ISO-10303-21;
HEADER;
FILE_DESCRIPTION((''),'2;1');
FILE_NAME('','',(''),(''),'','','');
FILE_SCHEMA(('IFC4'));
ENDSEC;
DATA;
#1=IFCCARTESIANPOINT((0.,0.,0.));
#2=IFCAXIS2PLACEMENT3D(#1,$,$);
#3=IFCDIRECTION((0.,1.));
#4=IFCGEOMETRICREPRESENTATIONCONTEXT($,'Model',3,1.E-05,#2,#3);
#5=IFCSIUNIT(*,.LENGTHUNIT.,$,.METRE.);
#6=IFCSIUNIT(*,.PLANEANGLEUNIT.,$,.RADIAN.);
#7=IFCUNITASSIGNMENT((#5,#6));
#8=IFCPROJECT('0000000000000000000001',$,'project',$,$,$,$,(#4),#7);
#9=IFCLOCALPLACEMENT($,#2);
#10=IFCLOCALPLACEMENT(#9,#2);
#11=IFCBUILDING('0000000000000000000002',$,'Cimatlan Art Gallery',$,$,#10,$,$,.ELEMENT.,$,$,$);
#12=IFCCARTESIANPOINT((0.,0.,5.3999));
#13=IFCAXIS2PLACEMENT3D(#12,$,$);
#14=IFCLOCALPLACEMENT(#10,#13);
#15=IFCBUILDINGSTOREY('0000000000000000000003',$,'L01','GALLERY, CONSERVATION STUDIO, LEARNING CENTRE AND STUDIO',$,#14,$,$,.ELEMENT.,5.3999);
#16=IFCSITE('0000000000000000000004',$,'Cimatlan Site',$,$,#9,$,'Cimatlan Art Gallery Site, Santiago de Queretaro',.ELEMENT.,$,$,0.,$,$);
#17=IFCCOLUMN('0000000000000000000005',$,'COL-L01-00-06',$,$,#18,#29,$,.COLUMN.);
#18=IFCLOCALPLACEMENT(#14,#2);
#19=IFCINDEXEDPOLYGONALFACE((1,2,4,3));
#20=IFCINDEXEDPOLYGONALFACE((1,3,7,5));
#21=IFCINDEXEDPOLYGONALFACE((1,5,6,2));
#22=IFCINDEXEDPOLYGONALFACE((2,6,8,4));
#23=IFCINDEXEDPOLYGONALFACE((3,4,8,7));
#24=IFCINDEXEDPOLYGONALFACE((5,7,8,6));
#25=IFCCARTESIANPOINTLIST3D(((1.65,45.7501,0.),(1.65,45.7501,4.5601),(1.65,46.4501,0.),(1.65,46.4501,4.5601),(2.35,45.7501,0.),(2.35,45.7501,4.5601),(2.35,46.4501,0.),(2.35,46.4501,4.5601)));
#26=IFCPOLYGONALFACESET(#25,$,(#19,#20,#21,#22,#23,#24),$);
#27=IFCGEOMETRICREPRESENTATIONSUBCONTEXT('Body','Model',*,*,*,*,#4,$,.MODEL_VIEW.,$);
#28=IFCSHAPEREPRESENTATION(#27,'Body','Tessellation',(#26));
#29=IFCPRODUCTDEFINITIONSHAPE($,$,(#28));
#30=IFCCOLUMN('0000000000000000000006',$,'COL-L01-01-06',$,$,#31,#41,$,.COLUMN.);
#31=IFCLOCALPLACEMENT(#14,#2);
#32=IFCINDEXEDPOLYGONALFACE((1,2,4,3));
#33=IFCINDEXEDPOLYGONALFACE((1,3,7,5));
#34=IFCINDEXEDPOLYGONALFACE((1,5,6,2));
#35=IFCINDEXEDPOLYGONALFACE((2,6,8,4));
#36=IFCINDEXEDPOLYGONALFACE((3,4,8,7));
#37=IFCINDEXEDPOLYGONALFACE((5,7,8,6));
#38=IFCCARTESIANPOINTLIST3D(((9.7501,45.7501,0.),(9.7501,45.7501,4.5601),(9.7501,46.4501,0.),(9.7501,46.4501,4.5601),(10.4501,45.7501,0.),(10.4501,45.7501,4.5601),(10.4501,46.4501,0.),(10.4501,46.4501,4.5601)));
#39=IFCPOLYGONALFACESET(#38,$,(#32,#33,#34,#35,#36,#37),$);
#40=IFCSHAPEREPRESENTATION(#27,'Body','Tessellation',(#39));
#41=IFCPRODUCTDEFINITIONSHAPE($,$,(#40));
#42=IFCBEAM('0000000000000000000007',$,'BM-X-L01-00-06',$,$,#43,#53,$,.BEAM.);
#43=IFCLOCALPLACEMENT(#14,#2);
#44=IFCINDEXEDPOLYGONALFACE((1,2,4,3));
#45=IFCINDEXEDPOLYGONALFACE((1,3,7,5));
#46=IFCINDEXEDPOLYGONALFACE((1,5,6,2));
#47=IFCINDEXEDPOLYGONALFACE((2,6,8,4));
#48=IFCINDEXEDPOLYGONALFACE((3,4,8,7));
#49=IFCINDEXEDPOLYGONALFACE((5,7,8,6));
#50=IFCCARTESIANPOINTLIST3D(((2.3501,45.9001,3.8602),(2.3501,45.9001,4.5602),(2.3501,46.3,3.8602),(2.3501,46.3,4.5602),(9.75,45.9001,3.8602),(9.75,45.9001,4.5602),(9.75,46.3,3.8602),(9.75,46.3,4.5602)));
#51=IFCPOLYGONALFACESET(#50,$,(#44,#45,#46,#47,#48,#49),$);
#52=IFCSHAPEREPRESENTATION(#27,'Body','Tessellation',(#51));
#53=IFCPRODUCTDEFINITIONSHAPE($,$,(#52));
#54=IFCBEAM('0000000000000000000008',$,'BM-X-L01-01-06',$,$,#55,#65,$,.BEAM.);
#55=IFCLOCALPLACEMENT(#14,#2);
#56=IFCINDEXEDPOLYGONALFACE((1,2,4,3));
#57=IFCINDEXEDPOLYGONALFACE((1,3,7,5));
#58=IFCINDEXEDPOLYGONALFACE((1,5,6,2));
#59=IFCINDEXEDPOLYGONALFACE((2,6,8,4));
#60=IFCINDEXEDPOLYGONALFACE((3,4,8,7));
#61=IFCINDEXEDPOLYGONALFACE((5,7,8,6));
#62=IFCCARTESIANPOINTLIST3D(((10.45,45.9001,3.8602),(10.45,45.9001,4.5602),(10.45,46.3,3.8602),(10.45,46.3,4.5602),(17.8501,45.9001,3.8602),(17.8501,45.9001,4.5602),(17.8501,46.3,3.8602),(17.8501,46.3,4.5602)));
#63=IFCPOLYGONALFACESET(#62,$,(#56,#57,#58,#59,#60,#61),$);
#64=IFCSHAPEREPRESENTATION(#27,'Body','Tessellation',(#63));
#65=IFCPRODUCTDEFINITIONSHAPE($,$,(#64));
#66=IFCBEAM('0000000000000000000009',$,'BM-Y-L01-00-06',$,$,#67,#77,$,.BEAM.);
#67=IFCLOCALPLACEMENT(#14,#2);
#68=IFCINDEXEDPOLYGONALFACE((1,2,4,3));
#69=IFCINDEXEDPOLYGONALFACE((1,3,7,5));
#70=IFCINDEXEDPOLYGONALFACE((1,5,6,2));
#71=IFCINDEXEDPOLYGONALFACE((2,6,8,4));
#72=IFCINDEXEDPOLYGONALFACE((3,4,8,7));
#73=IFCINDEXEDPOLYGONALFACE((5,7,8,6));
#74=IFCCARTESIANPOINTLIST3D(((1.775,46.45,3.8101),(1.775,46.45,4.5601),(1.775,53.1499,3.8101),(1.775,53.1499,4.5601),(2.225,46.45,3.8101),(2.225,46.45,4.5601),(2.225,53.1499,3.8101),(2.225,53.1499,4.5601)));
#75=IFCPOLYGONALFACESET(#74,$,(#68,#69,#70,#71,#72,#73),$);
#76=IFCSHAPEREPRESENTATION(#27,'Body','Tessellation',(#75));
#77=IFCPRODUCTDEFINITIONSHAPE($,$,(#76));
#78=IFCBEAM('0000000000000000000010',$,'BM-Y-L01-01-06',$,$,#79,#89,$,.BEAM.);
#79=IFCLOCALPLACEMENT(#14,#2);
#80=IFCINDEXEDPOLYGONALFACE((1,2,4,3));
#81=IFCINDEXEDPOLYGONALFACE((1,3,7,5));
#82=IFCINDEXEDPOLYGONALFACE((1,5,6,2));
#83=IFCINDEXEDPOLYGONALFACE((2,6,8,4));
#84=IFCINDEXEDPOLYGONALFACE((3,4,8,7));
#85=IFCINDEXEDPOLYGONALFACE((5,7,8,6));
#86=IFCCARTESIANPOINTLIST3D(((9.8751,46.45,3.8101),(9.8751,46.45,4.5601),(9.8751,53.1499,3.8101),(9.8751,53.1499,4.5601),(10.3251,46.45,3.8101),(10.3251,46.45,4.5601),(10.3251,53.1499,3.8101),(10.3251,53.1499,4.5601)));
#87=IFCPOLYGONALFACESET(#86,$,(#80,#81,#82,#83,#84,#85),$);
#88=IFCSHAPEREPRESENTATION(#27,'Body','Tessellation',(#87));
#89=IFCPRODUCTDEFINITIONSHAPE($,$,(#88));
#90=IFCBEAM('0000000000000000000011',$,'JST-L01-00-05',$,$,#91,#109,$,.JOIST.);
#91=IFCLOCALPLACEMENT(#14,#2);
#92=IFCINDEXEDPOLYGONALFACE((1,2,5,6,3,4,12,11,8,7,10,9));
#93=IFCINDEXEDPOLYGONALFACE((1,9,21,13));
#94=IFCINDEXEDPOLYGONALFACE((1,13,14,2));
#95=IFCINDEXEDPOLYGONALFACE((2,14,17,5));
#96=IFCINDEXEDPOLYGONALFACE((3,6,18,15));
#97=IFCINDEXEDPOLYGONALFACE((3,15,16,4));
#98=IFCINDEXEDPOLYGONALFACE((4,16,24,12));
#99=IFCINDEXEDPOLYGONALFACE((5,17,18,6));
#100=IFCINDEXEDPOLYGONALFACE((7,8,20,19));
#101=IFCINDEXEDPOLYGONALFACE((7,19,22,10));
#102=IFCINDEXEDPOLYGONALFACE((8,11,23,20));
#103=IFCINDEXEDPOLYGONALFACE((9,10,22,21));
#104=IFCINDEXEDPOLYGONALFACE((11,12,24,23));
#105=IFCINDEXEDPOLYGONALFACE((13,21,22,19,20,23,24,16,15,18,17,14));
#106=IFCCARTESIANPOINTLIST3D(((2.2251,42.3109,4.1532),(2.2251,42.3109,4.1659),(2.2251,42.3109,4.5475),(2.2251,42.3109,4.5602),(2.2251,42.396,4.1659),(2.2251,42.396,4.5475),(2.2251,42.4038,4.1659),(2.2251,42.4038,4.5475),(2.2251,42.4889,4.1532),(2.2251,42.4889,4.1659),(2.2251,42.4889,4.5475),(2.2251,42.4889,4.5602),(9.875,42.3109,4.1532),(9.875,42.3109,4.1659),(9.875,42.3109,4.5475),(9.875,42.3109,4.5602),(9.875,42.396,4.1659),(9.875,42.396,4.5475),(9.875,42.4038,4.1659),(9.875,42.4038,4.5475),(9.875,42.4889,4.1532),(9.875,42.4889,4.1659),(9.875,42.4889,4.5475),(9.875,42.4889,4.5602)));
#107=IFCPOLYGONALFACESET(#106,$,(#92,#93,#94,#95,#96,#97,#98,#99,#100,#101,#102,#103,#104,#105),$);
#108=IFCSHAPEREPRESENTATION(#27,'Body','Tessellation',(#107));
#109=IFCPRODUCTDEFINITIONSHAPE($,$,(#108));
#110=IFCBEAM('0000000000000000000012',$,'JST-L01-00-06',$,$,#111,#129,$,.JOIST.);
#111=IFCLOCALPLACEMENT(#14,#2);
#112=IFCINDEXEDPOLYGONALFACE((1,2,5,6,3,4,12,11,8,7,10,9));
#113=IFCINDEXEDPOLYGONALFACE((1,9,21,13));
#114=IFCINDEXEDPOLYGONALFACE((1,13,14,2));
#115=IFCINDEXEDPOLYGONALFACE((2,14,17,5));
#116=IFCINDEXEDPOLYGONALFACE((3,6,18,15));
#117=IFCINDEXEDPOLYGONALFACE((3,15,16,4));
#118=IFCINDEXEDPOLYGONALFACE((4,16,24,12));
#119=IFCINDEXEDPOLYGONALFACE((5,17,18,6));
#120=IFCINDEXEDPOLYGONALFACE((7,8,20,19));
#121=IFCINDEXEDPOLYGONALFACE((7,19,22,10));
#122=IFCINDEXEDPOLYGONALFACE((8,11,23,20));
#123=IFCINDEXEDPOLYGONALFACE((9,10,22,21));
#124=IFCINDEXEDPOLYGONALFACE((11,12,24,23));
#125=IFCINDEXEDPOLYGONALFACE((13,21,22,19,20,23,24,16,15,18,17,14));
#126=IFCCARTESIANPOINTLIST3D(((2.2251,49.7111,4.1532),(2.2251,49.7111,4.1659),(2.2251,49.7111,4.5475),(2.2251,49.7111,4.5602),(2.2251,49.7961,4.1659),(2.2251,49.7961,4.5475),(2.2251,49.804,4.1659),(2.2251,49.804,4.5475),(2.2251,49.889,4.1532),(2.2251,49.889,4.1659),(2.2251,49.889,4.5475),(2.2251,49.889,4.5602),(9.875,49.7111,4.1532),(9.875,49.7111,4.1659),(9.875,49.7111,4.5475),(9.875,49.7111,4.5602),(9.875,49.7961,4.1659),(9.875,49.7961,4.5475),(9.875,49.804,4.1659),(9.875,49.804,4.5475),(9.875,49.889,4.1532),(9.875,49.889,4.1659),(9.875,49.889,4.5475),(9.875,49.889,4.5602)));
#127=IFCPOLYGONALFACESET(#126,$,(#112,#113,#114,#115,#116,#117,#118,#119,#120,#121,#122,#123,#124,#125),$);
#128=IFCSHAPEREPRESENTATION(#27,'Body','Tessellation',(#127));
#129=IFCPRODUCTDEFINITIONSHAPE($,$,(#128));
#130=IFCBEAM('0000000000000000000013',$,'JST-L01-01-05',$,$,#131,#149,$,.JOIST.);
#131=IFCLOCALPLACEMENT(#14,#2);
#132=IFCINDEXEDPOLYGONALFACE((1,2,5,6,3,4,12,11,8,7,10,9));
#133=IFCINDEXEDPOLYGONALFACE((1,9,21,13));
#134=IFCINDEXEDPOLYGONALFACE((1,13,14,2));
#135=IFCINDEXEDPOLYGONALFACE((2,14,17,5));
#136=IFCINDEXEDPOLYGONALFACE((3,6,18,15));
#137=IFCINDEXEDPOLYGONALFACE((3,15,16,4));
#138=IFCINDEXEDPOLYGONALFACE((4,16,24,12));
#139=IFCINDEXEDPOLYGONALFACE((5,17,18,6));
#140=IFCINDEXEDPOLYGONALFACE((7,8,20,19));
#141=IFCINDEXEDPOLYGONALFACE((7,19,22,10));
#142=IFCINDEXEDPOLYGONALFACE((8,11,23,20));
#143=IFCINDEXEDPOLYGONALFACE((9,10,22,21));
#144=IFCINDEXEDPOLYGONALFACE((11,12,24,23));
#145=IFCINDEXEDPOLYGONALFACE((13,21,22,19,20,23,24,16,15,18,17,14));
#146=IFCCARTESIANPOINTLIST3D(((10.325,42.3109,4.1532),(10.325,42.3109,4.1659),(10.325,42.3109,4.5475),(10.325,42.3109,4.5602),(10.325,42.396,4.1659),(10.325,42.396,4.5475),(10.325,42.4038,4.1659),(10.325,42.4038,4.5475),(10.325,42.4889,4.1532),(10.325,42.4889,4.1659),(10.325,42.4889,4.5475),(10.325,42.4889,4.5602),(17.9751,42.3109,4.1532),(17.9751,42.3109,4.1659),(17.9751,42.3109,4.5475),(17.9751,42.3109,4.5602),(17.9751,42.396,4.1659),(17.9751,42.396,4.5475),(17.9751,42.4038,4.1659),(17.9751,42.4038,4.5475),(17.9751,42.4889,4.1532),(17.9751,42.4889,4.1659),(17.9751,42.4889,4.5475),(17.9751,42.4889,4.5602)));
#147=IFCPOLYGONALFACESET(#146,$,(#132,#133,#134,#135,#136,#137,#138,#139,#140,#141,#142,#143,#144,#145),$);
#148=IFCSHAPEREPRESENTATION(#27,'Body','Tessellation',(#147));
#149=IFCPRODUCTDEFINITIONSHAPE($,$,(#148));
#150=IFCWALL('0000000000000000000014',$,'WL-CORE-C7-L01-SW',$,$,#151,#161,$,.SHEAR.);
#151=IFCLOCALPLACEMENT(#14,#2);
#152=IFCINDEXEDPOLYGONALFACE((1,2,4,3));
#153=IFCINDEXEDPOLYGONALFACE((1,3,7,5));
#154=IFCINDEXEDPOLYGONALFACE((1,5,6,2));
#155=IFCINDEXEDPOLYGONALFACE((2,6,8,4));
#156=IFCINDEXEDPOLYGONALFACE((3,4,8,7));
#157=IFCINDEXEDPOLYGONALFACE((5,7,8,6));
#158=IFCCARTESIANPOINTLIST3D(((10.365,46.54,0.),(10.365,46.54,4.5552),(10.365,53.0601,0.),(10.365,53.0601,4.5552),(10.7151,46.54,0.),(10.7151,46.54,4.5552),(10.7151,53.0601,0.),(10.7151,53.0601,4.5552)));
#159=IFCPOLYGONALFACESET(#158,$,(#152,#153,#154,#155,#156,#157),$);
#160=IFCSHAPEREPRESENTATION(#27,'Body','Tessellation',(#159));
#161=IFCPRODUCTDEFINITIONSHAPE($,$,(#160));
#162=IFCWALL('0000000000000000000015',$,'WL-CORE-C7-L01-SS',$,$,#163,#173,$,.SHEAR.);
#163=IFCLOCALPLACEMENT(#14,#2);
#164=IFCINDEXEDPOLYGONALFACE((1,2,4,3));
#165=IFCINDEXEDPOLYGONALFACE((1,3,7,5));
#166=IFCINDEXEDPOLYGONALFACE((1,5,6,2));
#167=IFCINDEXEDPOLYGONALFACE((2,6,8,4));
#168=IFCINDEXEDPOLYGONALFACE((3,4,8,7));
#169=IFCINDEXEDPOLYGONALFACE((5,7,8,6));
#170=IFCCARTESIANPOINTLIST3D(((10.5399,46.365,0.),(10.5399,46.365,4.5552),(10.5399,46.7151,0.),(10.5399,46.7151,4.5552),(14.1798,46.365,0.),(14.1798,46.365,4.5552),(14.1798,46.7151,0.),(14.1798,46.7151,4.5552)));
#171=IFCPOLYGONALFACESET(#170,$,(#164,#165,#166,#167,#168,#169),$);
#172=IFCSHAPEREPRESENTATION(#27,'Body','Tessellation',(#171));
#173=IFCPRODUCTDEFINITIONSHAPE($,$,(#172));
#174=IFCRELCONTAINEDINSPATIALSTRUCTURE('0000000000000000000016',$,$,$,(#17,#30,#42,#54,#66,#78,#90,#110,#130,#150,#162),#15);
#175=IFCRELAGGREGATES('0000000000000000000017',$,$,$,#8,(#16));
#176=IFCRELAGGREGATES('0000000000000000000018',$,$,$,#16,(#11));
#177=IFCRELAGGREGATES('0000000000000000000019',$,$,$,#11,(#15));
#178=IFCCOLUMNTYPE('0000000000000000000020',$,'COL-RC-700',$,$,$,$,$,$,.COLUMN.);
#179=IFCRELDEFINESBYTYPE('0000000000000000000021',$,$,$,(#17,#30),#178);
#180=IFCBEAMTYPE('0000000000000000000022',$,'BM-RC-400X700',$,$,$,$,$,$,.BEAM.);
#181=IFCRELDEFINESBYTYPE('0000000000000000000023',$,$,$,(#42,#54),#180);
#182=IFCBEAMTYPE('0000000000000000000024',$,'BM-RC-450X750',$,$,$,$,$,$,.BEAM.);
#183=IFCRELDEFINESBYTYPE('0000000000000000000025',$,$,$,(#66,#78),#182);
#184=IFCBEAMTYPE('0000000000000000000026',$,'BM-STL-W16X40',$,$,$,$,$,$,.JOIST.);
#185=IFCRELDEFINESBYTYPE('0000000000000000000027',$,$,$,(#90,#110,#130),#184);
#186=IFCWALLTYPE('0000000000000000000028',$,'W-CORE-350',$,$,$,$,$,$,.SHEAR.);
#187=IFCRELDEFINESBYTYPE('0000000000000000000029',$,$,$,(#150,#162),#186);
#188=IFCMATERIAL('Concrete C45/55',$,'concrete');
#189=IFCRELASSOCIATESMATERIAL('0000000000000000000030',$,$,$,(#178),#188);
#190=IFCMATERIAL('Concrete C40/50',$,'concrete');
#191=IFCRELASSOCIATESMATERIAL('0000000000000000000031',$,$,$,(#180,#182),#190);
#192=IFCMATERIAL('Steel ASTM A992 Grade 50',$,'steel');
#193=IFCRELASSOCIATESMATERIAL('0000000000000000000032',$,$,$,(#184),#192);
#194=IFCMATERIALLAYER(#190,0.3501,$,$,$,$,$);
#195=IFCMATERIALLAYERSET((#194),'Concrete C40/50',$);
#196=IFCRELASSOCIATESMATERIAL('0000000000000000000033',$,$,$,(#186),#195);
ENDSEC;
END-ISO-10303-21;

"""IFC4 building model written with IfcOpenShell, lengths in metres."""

from ifc_helpers import new_model, si_unit, direction, frame, frame_2d, origin, origin_2d, place, context, subcontext, project, spatial, rectangle, i_section, extrude, material, layer, layer_set, material_profile, profile_set, type_object, element, save


model = new_model("IFC4")

# Units and contexts
model_context = context("Model", 3, precision=1e-05, world=origin(), true_north=direction((0.0, 1.0)))
body_context = subcontext(model_context, "Body", "Model", "MODEL_VIEW")
ifc_project = project(units=[si_unit("LENGTHUNIT", "METRE"), si_unit("PLANEANGLEUNIT", "RADIAN")], contexts=[model_context])

# Site, building, storey
site_placement = place(None, origin())
site = spatial("IfcSite", under=ifc_project, at=site_placement, Name="Cimatlan Site", LongName="Cimatlan Art Gallery Site, Santiago de Queretaro", CompositionType="ELEMENT", RefElevation=0.0)
building_placement = place(site_placement, origin())
building = spatial("IfcBuilding", under=site, at=building_placement, Name="Cimatlan Art Gallery", CompositionType="ELEMENT")
storey_placement = place(building_placement, frame((0.0, 0.0, 5.3999)))
storey = spatial("IfcBuildingStorey", under=building, at=storey_placement, Name="L01", Description="GALLERY, CONSERVATION STUDIO, LEARNING CENTRE AND STUDIO", CompositionType="ELEMENT", Elevation=5.3999)

# Columns
ifc_material_1 = material(Name="Concrete C45/55", Category="concrete")
ifc_material_profile_1 = material_profile(ifc_material_1, rectangle(XDim=0.7, YDim=0.7, at=origin_2d()), Name="RC700X700")
ifc_profile_set_1 = profile_set([ifc_material_profile_1], Name="Concrete C45/55")
column_type = type_object("IfcColumnType", Name="COL-RC-700", PredefinedType="COLUMN", material=ifc_profile_set_1)
for number, where, z_axis, x_axis, name in (
    (1, (2.0, 46.1001, 0.0), (0.0, 0.0, 1.0), (1.0, 0.0, 0.0), "COL-L01-00-06"),
    (2, (10.1001, 46.1001, 0.0), (0.0, 0.0, 1.0), (1.0, 0.0, 0.0), "COL-L01-01-06"),
):
    element("IfcColumn", number, at=place(storey_placement, frame(where, z_axis=z_axis, x_axis=x_axis)), inside=storey, type_object=column_type, Name=name, PredefinedType="COLUMN", context=body_context, shape_type="SweptSolid", body=[
        extrude(rectangle(XDim=0.7, YDim=0.7, at=origin_2d()), origin(), (0.0, 0.0, 1.0), 4.5601),
    ])

# Beams
ifc_material_2 = material(Name="Concrete C40/50", Category="concrete")
ifc_material_profile_2 = material_profile(ifc_material_2, rectangle(XDim=0.3999, YDim=0.7, at=origin_2d()), Name="RC400X700")
ifc_profile_set_2 = profile_set([ifc_material_profile_2], Name="Concrete C40/50")
beam_type_1 = type_object("IfcBeamType", Name="BM-RC-400X700", PredefinedType="BEAM", material=ifc_profile_set_2)
beam_1_placement = place(storey_placement, frame((2.3501, 46.1001, 4.2102), z_axis=(1.0, 0.0, 0.0), x_axis=(0.0, 1.0, 0.0)))
element("IfcBeam", 3, at=beam_1_placement, inside=storey, type_object=beam_type_1, Name="BM-X-L01-00-06", PredefinedType="BEAM", context=body_context, shape_type="SweptSolid", body=[
    extrude(rectangle(XDim=0.3999, YDim=0.7, at=origin_2d()), origin(), (0.0, 0.0, 1.0), 7.3999),
])
beam_2_placement = place(storey_placement, frame((10.45, 46.1001, 4.2102), z_axis=(1.0, 0.0, 0.0), x_axis=(0.0, 1.0, 0.0)))
element("IfcBeam", 4, at=beam_2_placement, inside=storey, type_object=beam_type_1, Name="BM-X-L01-01-06", PredefinedType="BEAM", context=body_context, shape_type="SweptSolid", body=[
    extrude(rectangle(XDim=0.3999, YDim=0.7, at=origin_2d()), origin(), (0.0, 0.0, 1.0), 7.4001),
])
ifc_material_profile_3 = material_profile(ifc_material_2, rectangle(XDim=0.45, YDim=0.75, at=origin_2d()), Name="RC450X750")
ifc_profile_set_3 = profile_set([ifc_material_profile_3], Name="Concrete C40/50")
beam_type_2 = type_object("IfcBeamType", Name="BM-RC-450X750", PredefinedType="BEAM", material=ifc_profile_set_3)
for number, where, z_axis, x_axis, name in (
    (5, (2.0, 46.45, 4.1851), (0.0, 1.0, 0.0), (-1.0, 0.0, 0.0), "BM-Y-L01-00-06"),
    (6, (10.1001, 46.45, 4.1851), (0.0, 1.0, 0.0), (-1.0, 0.0, 0.0), "BM-Y-L01-01-06"),
):
    element("IfcBeam", number, at=place(storey_placement, frame(where, z_axis=z_axis, x_axis=x_axis)), inside=storey, type_object=beam_type_2, Name=name, PredefinedType="BEAM", context=body_context, shape_type="SweptSolid", body=[
        extrude(rectangle(XDim=0.45, YDim=0.75, at=origin_2d()), origin(), (0.0, 0.0, 1.0), 6.7),
    ])
ifc_material_3 = material(Name="Steel ASTM A992 Grade 50", Category="steel")
ifc_material_profile_4 = material_profile(ifc_material_3, i_section(OverallWidth=0.178, OverallDepth=0.407, WebThickness=0.0078, FlangeThickness=0.0127, at=origin_2d()), Name="W16X40")
ifc_profile_set_4 = profile_set([ifc_material_profile_4], Name="Steel ASTM A992 Grade 50")
beam_type_3 = type_object("IfcBeamType", Name="BM-STL-W16X40", PredefinedType="JOIST", material=ifc_profile_set_4)
for number, where, z_axis, x_axis, name in (
    (7, (2.2251, 42.3999, 4.3567), (1.0, 0.0, 0.0), (0.0, 1.0, 0.0), "JST-L01-00-05"),
    (8, (2.2251, 49.8, 4.3567), (1.0, 0.0, 0.0), (0.0, 1.0, 0.0), "JST-L01-00-06"),
):
    element("IfcBeam", number, at=place(storey_placement, frame(where, z_axis=z_axis, x_axis=x_axis)), inside=storey, type_object=beam_type_3, Name=name, PredefinedType="JOIST", context=body_context, shape_type="SweptSolid", body=[
        extrude(i_section(OverallWidth=0.178, OverallDepth=0.407, WebThickness=0.0078, FlangeThickness=0.0127, at=origin_2d()), origin(), (0.0, 0.0, 1.0), 7.6499),
    ])
beam_3_placement = place(storey_placement, frame((10.325, 42.3999, 4.3567), z_axis=(1.0, 0.0, 0.0), x_axis=(0.0, 1.0, 0.0)))
element("IfcBeam", 9, at=beam_3_placement, inside=storey, type_object=beam_type_3, Name="JST-L01-01-05", PredefinedType="JOIST", context=body_context, shape_type="SweptSolid", body=[
    extrude(i_section(OverallWidth=0.178, OverallDepth=0.407, WebThickness=0.0078, FlangeThickness=0.0127, at=origin_2d()), origin(), (0.0, 0.0, 1.0), 7.6501),
])

# Walls
ifc_layer_1 = layer(ifc_material_2, 0.3501)
ifc_layer_set_1 = layer_set([ifc_layer_1], Name="Concrete C40/50")
wall_type_1 = type_object("IfcWallType", Name="W-CORE-350", PredefinedType="SHEAR", material=ifc_layer_set_1)
wall_1_placement = place(storey_placement, frame((10.54, 46.54, 0.0), z_axis=(0.0, 0.0, 1.0), x_axis=(0.0, 1.0, 0.0)))
element("IfcWall", 10, at=wall_1_placement, inside=storey, type_object=wall_type_1, Name="WL-CORE-C7-L01-SW", PredefinedType="SHEAR", context=body_context, shape_type="SweptSolid", body=[
    extrude(rectangle(XDim=6.52, YDim=0.3501, at=frame_2d((3.26, 0.0))), origin(), (0.0, 0.0, 1.0), 4.5552),
])
wall_2_placement = place(storey_placement, frame((10.54, 46.54, 0.0), z_axis=(0.0, 0.0, 1.0), x_axis=(1.0, 0.0, 0.0)))
element("IfcWall", 11, at=wall_2_placement, inside=storey, type_object=wall_type_1, Name="WL-CORE-C7-L01-SS", PredefinedType="SHEAR", context=body_context, shape_type="SweptSolid", body=[
    extrude(rectangle(XDim=3.6399, YDim=0.3501, at=frame_2d((1.8198, 0.0))), origin(), (0.0, 0.0, 1.0), 4.5552),
])

save(model, "model.ifc")
